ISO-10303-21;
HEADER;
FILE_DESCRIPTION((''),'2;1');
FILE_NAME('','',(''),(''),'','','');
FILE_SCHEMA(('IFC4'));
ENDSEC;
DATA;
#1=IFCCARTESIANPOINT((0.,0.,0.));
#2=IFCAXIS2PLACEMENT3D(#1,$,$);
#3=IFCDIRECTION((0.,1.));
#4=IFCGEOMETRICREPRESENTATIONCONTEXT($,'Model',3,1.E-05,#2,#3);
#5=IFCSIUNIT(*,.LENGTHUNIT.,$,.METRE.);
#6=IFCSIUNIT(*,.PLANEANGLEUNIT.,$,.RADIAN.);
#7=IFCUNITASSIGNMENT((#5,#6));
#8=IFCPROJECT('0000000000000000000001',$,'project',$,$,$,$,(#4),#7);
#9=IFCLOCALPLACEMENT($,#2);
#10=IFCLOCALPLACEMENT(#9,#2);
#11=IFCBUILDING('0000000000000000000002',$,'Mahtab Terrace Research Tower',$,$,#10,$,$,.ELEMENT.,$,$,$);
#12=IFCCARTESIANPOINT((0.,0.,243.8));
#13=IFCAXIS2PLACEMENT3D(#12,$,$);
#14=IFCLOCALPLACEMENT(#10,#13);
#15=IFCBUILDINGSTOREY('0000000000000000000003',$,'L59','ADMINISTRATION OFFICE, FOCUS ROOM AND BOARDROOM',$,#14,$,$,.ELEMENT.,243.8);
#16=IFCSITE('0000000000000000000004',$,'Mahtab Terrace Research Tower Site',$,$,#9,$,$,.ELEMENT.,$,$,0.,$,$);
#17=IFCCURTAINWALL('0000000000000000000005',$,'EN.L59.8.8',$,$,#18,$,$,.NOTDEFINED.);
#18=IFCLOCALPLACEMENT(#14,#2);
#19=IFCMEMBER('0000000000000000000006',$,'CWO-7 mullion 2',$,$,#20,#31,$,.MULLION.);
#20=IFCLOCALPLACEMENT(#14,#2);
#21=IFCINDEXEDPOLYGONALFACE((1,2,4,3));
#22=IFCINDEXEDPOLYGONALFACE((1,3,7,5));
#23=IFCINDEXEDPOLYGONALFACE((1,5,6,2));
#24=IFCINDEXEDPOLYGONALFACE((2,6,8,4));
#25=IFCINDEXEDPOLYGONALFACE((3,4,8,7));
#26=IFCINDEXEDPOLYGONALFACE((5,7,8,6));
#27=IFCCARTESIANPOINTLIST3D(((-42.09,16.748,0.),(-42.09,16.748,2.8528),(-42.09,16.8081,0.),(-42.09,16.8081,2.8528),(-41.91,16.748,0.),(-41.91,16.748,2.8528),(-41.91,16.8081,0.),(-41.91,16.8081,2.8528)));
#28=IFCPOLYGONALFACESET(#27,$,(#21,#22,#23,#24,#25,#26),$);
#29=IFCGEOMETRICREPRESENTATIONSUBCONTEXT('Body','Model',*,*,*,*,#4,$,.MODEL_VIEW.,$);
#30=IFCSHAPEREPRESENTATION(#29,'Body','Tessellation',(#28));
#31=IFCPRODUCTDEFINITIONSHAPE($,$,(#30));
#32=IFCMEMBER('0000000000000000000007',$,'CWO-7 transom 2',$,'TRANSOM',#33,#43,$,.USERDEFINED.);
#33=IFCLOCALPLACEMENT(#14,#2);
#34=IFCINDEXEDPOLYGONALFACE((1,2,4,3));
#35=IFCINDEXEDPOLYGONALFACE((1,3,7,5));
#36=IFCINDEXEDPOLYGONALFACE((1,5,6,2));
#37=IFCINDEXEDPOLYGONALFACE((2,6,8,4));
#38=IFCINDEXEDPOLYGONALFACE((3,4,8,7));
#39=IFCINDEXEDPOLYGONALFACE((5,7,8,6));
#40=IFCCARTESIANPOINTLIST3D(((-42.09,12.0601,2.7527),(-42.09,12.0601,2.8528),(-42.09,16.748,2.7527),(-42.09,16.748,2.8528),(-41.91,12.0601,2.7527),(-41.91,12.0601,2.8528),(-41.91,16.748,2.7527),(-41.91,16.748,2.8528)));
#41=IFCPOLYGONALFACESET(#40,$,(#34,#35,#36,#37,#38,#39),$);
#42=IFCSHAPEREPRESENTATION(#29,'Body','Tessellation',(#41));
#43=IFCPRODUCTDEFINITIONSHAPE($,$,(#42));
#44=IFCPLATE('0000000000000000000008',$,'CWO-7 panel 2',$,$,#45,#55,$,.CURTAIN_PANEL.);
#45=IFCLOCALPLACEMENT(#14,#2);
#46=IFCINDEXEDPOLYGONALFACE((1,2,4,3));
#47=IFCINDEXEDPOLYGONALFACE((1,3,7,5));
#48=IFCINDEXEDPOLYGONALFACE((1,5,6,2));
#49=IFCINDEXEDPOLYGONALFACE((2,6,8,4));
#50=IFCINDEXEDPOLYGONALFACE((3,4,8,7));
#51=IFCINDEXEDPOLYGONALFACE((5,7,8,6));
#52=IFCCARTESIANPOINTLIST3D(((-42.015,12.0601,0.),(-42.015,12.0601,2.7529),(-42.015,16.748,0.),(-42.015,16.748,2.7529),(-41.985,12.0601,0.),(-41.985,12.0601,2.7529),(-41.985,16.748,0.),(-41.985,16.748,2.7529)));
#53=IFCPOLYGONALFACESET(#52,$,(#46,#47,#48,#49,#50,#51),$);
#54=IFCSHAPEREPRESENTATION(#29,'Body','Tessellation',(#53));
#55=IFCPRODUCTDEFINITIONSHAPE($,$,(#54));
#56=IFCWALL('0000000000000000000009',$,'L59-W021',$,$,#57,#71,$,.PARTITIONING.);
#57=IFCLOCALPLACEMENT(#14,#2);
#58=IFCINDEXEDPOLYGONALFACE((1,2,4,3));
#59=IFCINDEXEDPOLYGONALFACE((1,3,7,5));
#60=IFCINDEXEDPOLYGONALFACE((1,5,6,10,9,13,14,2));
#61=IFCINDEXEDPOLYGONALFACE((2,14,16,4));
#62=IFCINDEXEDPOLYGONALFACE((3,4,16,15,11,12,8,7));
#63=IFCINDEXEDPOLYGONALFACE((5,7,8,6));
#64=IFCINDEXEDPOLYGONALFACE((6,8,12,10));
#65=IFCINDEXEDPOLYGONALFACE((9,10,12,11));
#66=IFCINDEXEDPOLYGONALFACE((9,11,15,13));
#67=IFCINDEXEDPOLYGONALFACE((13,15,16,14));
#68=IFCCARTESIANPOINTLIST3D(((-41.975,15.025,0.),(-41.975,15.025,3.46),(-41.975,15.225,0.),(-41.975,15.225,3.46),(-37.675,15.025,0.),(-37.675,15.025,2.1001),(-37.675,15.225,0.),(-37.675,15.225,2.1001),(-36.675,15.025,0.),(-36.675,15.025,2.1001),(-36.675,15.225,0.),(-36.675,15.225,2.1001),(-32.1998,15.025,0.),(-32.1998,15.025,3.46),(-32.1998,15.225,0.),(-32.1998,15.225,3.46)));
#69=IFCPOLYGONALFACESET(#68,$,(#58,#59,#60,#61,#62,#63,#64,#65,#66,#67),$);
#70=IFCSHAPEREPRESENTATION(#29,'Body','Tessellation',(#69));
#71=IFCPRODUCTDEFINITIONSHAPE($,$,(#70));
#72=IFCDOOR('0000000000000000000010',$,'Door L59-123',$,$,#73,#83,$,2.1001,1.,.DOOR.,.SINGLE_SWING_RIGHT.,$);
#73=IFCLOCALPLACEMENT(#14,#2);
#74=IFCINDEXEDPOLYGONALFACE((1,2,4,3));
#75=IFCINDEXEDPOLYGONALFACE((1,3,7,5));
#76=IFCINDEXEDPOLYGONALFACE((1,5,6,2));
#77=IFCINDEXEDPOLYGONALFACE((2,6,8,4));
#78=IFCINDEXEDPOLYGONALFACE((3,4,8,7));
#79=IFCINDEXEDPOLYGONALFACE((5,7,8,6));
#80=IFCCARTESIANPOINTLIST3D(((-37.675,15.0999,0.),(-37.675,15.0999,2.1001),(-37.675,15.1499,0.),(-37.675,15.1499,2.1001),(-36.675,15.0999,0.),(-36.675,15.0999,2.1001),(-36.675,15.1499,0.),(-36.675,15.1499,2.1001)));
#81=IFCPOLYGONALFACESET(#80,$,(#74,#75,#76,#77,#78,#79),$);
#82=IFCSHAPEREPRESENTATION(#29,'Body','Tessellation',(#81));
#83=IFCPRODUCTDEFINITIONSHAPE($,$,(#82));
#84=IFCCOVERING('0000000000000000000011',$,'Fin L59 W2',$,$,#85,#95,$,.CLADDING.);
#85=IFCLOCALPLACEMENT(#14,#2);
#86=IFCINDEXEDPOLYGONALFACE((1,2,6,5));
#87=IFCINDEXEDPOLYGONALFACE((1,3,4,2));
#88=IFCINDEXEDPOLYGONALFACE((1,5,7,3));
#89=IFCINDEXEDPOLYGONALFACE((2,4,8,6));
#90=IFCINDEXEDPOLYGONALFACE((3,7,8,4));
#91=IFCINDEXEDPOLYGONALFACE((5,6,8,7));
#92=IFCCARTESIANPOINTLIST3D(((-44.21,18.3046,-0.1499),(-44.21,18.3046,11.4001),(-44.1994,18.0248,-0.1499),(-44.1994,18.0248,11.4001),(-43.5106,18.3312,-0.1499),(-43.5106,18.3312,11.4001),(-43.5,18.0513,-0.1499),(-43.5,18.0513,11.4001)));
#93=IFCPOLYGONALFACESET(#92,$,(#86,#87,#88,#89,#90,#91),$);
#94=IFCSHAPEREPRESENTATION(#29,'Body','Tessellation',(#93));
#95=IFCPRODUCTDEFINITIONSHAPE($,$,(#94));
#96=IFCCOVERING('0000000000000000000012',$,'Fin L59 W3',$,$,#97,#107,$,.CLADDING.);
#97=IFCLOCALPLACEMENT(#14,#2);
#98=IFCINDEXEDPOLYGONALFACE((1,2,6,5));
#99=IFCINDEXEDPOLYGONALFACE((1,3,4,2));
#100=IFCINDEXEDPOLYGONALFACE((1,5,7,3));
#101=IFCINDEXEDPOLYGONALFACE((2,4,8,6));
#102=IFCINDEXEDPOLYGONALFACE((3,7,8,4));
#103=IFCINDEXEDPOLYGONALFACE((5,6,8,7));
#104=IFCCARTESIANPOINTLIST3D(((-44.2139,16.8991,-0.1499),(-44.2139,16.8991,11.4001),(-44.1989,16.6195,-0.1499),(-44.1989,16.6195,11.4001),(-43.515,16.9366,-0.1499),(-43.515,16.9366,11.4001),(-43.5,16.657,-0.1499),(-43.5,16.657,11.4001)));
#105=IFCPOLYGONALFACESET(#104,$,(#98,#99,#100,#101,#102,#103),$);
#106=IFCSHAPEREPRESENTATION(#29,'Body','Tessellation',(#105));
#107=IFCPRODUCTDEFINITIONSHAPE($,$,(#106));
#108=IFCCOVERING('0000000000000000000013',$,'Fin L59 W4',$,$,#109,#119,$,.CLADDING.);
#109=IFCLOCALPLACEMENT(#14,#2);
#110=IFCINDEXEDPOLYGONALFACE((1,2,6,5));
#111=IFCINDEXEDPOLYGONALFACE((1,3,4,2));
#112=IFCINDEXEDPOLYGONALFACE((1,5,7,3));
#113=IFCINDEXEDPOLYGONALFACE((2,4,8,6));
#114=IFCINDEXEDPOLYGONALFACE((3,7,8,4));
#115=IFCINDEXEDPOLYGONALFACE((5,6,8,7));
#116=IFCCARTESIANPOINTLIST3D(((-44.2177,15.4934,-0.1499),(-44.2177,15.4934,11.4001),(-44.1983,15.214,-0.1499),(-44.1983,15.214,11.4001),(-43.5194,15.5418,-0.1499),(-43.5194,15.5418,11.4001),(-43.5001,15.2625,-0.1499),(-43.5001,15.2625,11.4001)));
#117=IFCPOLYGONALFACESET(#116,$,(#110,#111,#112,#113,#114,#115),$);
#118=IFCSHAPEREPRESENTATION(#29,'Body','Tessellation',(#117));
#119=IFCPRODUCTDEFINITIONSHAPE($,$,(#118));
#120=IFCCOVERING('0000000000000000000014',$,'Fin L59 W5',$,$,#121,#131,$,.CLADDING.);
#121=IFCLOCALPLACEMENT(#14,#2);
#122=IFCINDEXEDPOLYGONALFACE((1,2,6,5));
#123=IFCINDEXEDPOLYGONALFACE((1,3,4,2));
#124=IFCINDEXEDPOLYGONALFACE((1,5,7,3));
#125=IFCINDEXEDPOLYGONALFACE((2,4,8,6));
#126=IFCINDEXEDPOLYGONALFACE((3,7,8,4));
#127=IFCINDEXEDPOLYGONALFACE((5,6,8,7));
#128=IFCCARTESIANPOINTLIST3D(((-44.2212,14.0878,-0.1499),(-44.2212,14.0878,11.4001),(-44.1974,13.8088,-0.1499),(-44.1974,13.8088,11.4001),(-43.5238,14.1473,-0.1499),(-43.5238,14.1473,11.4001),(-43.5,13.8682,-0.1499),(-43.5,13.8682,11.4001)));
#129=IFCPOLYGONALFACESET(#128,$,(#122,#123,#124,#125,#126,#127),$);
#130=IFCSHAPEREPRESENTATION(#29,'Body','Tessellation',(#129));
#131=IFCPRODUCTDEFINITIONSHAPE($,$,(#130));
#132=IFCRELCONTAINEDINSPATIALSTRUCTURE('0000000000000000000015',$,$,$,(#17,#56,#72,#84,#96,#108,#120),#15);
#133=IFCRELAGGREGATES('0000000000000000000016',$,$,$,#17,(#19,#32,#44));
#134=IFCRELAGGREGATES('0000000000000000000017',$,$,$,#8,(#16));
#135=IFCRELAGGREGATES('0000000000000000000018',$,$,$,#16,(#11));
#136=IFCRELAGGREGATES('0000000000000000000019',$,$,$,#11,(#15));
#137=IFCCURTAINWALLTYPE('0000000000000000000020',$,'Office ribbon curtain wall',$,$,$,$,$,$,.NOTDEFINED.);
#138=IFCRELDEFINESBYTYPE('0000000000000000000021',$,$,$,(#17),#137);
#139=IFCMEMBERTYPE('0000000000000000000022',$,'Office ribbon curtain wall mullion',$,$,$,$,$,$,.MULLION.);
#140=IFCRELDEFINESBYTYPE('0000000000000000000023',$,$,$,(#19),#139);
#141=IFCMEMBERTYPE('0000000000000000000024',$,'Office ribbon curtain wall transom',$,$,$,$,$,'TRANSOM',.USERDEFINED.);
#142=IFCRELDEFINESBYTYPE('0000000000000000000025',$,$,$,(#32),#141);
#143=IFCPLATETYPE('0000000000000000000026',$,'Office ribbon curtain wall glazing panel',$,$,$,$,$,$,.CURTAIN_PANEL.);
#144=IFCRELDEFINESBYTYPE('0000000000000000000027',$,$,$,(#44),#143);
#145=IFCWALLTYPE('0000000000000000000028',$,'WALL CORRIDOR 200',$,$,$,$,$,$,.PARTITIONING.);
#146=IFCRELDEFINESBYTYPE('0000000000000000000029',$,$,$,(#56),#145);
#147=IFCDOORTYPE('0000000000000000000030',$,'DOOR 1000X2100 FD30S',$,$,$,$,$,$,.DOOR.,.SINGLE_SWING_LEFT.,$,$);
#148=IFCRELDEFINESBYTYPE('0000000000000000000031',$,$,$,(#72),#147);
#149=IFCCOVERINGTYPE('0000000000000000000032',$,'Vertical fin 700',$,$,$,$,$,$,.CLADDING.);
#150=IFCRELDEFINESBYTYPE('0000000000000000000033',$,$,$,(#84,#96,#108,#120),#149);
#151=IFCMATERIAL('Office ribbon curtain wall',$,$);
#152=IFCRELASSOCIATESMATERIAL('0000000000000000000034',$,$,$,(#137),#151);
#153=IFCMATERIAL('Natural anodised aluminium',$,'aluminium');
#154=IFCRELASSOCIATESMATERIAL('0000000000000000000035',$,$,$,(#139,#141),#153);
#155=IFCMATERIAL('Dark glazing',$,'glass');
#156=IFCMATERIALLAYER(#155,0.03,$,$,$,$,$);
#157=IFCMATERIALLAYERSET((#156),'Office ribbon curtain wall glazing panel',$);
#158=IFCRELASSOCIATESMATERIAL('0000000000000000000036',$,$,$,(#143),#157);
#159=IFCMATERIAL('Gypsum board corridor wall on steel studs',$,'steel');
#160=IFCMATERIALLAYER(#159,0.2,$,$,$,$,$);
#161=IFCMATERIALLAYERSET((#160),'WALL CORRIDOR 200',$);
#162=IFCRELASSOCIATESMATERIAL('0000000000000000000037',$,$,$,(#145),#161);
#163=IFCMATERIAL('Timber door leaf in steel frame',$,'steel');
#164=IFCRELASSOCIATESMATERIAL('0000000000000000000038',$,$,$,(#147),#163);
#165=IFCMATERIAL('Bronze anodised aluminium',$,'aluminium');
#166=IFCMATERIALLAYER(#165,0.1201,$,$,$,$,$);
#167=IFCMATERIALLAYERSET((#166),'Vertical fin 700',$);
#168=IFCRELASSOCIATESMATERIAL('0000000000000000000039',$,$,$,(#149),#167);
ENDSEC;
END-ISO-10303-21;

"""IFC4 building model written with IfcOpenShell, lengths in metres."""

from ifc_helpers import new_model, si_unit, direction, frame, frame_2d, origin, origin_2d, place, context, subcontext, project, spatial, rectangle, extrude, material, layer, layer_set, material_profile, profile_set, type_object, element, fill, aggregate, save


model = new_model("IFC4")

# Units and contexts
model_context = context("Model", 3, precision=1e-05, world=origin(), true_north=direction((0.0, 1.0)))
body_context = subcontext(model_context, "Body", "Model", "MODEL_VIEW")
ifc_project = project(units=[si_unit("LENGTHUNIT", "METRE"), si_unit("PLANEANGLEUNIT", "RADIAN")], contexts=[model_context])

# Site, building, storey
site_placement = place(None, origin())
site = spatial("IfcSite", under=ifc_project, at=site_placement, Name="Mahtab Terrace Research Tower Site", CompositionType="ELEMENT", RefElevation=0.0)
building_placement = place(site_placement, origin())
building = spatial("IfcBuilding", under=site, at=building_placement, Name="Mahtab Terrace Research Tower", CompositionType="ELEMENT")
storey_placement = place(building_placement, frame((0.0, 0.0, 243.8)))
storey = spatial("IfcBuildingStorey", under=building, at=storey_placement, Name="L59", Description="ADMINISTRATION OFFICE, FOCUS ROOM AND BOARDROOM", CompositionType="ELEMENT", Elevation=243.8)

# Curtain wall, members, plate
ifc_material_1 = material(Name="Office ribbon curtain wall")
curtain_wall_type = type_object("IfcCurtainWallType", Name="Office ribbon curtain wall", PredefinedType="NOTDEFINED", material=ifc_material_1)
curtain_wall_placement = place(storey_placement, origin())
curtain_wall = element("IfcCurtainWall", 1, at=curtain_wall_placement, inside=storey, type_object=curtain_wall_type, Name="EN.L59.8.8", PredefinedType="NOTDEFINED")
ifc_material_2 = material(Name="Natural anodised aluminium", Category="aluminium")
ifc_material_profile_1 = material_profile(ifc_material_2, rectangle(XDim=0.1799, YDim=0.0601, at=origin_2d()), Name="MULLION 60x180")
ifc_profile_set_1 = profile_set([ifc_material_profile_1], Name="Natural anodised aluminium")
member_type_1 = type_object("IfcMemberType", Name="Office ribbon curtain wall mullion", PredefinedType="MULLION", material=ifc_profile_set_1)
member_1_placement = place(storey_placement, frame((-42.0, 16.7781, 0.0), z_axis=(0.0, 0.0, 1.0), x_axis=(1.0, 0.0, 0.0)))
member_1 = element("IfcMember", 2, at=member_1_placement, type_object=member_type_1, Name="CWO-7 mullion 2", PredefinedType="MULLION", context=body_context, shape_type="SweptSolid", body=[
    extrude(rectangle(XDim=0.1799, YDim=0.0601, at=origin_2d()), origin(), (0.0, 0.0, 1.0), 2.8528),
])
ifc_material_profile_2 = material_profile(ifc_material_2, rectangle(XDim=0.1799, YDim=0.1001, at=origin_2d()), Name="TRANSOM 100x180")
ifc_profile_set_2 = profile_set([ifc_material_profile_2], Name="Natural anodised aluminium")
member_type_2 = type_object("IfcMemberType", Name="Office ribbon curtain wall transom", ElementType="TRANSOM", PredefinedType="USERDEFINED", material=ifc_profile_set_2)
member_2_placement = place(storey_placement, frame((-42.0, 16.748, 2.8027), z_axis=(0.0, -1.0, 0.0), x_axis=(1.0, 0.0, 0.0)))
member_2 = element("IfcMember", 3, at=member_2_placement, type_object=member_type_2, Name="CWO-7 transom 2", ObjectType="TRANSOM", PredefinedType="USERDEFINED", context=body_context, shape_type="SweptSolid", body=[
    extrude(rectangle(XDim=0.1799, YDim=0.1001, at=origin_2d()), origin(), (0.0, 0.0, 1.0), 4.688),
])
ifc_material_3 = material(Name="Dark glazing", Category="glass")
ifc_layer_1 = layer(ifc_material_3, 0.03)
ifc_layer_set_1 = layer_set([ifc_layer_1], Name="Office ribbon curtain wall glazing panel")
plate_type = type_object("IfcPlateType", Name="Office ribbon curtain wall glazing panel", PredefinedType="CURTAIN_PANEL", material=ifc_layer_set_1)
plate_placement = place(storey_placement, frame((-42.0, 14.4041, 0.0), z_axis=(0.0, 0.0, 1.0), x_axis=(0.0, -1.0, 0.0)))
plate = element("IfcPlate", 4, at=plate_placement, type_object=plate_type, Name="CWO-7 panel 2", PredefinedType="CURTAIN_PANEL", context=body_context, shape_type="SweptSolid", body=[
    extrude(rectangle(XDim=4.688, YDim=0.03, at=origin_2d()), origin(), (0.0, 0.0, 1.0), 2.7529),
])
aggregate(curtain_wall, [member_1, member_2, plate])

# Wall, opening, door
ifc_material_4 = material(Name="Gypsum board corridor wall on steel studs", Category="steel")
ifc_layer_2 = layer(ifc_material_4, 0.2)
ifc_layer_set_2 = layer_set([ifc_layer_2], Name="WALL CORRIDOR 200")
wall_type = type_object("IfcWallType", Name="WALL CORRIDOR 200", PredefinedType="PARTITIONING", material=ifc_layer_set_2)
wall_1_placement = place(storey_placement, frame((-41.9751, 15.125, 0.0), z_axis=(0.0, 0.0, 1.0), x_axis=(1.0, 0.0, 0.0)))
wall_1 = element("IfcWall", 5, at=wall_1_placement, inside=storey, type_object=wall_type, Name="L59-W021", PredefinedType="PARTITIONING", context=body_context, shape_type="SweptSolid", body=[
    extrude(rectangle(XDim=9.7751, YDim=0.2, at=frame_2d((4.8877, 0.0))), origin(), (0.0, 0.0, 1.0), 3.46),
])
opening_1_placement = place(wall_1_placement, frame((4.3, 0.0, 0.0)))
opening_1 = element("IfcOpeningElement", 6, at=opening_1_placement, cuts=wall_1, PredefinedType="OPENING", context=body_context, shape_type="SweptSolid", body=[
    extrude(rectangle(XDim=1.0, YDim=2.1001, at=frame_2d((0.5, 1.05))), frame((0.0, 0.1099, 0.0), z_axis=(0.0, -1.0, 0.0), x_axis=(1.0, 0.0, 0.0)), (0.0, 0.0, 1.0), 0.22),
])
ifc_material_5 = material(Name="Timber door leaf in steel frame", Category="steel")
door_type_1 = type_object("IfcDoorType", Name="DOOR 1000X2100 FD30S", OperationType="SINGLE_SWING_LEFT", PredefinedType="DOOR", material=ifc_material_5)
door_1_placement = place(opening_1_placement, origin())
door_1 = element("IfcDoor", 7, at=door_1_placement, inside=storey, type_object=door_type_1, Name="Door L59-123", OperationType="SINGLE_SWING_RIGHT", OverallHeight=2.1001, OverallWidth=1.0, PredefinedType="DOOR", context=body_context, shape_type="SweptSolid", body=[
    extrude(rectangle(XDim=1.0, YDim=2.1001, at=frame_2d((0.5, 1.05))), frame((0.0, 0.0249, 0.0), z_axis=(0.0, -1.0, 0.0), x_axis=(1.0, 0.0, 0.0)), (0.0, 0.0, 1.0), 0.05),
])
fill(opening_1, door_1)

# Coverings
ifc_material_6 = material(Name="Bronze anodised aluminium", Category="aluminium")
ifc_layer_3 = layer(ifc_material_6, 0.1201)
ifc_layer_set_3 = layer_set([ifc_layer_3], Name="Vertical fin 700")
covering_type = type_object("IfcCoveringType", Name="Vertical fin 700", PredefinedType="CLADDING", material=ifc_layer_set_3)
for number, where, z_axis, x_axis, name in (
    (8, (-43.855, 18.178, -0.1499), (0.0, 0.0, 1.0), (0.037891, -0.999282, 0.0), "Fin L59 W2"),
    (9, (-43.8569, 16.7781, -0.1499), (0.0, 0.0, 1.0), (0.053582, -0.998563, 0.0), "Fin L59 W3"),
    (10, (-43.8589, 15.3779, -0.1499), (0.0, 0.0, 1.0), (0.06926, -0.997599, 0.0), "Fin L59 W4"),
    (11, (-43.8606, 13.978, -0.1499), (0.0, 0.0, 1.0), (0.08492, -0.996388, 0.0), "Fin L59 W5"),
):
    element("IfcCovering", number, at=place(storey_placement, frame(where, z_axis=z_axis, x_axis=x_axis)), inside=storey, type_object=covering_type, Name=name, PredefinedType="CLADDING", context=body_context, shape_type="SweptSolid", body=[
        extrude(rectangle(XDim=0.28, YDim=0.7, at=origin_2d()), origin(), (0.0, 0.0, 1.0), 11.55),
    ])

save(model, "model.ifc")
